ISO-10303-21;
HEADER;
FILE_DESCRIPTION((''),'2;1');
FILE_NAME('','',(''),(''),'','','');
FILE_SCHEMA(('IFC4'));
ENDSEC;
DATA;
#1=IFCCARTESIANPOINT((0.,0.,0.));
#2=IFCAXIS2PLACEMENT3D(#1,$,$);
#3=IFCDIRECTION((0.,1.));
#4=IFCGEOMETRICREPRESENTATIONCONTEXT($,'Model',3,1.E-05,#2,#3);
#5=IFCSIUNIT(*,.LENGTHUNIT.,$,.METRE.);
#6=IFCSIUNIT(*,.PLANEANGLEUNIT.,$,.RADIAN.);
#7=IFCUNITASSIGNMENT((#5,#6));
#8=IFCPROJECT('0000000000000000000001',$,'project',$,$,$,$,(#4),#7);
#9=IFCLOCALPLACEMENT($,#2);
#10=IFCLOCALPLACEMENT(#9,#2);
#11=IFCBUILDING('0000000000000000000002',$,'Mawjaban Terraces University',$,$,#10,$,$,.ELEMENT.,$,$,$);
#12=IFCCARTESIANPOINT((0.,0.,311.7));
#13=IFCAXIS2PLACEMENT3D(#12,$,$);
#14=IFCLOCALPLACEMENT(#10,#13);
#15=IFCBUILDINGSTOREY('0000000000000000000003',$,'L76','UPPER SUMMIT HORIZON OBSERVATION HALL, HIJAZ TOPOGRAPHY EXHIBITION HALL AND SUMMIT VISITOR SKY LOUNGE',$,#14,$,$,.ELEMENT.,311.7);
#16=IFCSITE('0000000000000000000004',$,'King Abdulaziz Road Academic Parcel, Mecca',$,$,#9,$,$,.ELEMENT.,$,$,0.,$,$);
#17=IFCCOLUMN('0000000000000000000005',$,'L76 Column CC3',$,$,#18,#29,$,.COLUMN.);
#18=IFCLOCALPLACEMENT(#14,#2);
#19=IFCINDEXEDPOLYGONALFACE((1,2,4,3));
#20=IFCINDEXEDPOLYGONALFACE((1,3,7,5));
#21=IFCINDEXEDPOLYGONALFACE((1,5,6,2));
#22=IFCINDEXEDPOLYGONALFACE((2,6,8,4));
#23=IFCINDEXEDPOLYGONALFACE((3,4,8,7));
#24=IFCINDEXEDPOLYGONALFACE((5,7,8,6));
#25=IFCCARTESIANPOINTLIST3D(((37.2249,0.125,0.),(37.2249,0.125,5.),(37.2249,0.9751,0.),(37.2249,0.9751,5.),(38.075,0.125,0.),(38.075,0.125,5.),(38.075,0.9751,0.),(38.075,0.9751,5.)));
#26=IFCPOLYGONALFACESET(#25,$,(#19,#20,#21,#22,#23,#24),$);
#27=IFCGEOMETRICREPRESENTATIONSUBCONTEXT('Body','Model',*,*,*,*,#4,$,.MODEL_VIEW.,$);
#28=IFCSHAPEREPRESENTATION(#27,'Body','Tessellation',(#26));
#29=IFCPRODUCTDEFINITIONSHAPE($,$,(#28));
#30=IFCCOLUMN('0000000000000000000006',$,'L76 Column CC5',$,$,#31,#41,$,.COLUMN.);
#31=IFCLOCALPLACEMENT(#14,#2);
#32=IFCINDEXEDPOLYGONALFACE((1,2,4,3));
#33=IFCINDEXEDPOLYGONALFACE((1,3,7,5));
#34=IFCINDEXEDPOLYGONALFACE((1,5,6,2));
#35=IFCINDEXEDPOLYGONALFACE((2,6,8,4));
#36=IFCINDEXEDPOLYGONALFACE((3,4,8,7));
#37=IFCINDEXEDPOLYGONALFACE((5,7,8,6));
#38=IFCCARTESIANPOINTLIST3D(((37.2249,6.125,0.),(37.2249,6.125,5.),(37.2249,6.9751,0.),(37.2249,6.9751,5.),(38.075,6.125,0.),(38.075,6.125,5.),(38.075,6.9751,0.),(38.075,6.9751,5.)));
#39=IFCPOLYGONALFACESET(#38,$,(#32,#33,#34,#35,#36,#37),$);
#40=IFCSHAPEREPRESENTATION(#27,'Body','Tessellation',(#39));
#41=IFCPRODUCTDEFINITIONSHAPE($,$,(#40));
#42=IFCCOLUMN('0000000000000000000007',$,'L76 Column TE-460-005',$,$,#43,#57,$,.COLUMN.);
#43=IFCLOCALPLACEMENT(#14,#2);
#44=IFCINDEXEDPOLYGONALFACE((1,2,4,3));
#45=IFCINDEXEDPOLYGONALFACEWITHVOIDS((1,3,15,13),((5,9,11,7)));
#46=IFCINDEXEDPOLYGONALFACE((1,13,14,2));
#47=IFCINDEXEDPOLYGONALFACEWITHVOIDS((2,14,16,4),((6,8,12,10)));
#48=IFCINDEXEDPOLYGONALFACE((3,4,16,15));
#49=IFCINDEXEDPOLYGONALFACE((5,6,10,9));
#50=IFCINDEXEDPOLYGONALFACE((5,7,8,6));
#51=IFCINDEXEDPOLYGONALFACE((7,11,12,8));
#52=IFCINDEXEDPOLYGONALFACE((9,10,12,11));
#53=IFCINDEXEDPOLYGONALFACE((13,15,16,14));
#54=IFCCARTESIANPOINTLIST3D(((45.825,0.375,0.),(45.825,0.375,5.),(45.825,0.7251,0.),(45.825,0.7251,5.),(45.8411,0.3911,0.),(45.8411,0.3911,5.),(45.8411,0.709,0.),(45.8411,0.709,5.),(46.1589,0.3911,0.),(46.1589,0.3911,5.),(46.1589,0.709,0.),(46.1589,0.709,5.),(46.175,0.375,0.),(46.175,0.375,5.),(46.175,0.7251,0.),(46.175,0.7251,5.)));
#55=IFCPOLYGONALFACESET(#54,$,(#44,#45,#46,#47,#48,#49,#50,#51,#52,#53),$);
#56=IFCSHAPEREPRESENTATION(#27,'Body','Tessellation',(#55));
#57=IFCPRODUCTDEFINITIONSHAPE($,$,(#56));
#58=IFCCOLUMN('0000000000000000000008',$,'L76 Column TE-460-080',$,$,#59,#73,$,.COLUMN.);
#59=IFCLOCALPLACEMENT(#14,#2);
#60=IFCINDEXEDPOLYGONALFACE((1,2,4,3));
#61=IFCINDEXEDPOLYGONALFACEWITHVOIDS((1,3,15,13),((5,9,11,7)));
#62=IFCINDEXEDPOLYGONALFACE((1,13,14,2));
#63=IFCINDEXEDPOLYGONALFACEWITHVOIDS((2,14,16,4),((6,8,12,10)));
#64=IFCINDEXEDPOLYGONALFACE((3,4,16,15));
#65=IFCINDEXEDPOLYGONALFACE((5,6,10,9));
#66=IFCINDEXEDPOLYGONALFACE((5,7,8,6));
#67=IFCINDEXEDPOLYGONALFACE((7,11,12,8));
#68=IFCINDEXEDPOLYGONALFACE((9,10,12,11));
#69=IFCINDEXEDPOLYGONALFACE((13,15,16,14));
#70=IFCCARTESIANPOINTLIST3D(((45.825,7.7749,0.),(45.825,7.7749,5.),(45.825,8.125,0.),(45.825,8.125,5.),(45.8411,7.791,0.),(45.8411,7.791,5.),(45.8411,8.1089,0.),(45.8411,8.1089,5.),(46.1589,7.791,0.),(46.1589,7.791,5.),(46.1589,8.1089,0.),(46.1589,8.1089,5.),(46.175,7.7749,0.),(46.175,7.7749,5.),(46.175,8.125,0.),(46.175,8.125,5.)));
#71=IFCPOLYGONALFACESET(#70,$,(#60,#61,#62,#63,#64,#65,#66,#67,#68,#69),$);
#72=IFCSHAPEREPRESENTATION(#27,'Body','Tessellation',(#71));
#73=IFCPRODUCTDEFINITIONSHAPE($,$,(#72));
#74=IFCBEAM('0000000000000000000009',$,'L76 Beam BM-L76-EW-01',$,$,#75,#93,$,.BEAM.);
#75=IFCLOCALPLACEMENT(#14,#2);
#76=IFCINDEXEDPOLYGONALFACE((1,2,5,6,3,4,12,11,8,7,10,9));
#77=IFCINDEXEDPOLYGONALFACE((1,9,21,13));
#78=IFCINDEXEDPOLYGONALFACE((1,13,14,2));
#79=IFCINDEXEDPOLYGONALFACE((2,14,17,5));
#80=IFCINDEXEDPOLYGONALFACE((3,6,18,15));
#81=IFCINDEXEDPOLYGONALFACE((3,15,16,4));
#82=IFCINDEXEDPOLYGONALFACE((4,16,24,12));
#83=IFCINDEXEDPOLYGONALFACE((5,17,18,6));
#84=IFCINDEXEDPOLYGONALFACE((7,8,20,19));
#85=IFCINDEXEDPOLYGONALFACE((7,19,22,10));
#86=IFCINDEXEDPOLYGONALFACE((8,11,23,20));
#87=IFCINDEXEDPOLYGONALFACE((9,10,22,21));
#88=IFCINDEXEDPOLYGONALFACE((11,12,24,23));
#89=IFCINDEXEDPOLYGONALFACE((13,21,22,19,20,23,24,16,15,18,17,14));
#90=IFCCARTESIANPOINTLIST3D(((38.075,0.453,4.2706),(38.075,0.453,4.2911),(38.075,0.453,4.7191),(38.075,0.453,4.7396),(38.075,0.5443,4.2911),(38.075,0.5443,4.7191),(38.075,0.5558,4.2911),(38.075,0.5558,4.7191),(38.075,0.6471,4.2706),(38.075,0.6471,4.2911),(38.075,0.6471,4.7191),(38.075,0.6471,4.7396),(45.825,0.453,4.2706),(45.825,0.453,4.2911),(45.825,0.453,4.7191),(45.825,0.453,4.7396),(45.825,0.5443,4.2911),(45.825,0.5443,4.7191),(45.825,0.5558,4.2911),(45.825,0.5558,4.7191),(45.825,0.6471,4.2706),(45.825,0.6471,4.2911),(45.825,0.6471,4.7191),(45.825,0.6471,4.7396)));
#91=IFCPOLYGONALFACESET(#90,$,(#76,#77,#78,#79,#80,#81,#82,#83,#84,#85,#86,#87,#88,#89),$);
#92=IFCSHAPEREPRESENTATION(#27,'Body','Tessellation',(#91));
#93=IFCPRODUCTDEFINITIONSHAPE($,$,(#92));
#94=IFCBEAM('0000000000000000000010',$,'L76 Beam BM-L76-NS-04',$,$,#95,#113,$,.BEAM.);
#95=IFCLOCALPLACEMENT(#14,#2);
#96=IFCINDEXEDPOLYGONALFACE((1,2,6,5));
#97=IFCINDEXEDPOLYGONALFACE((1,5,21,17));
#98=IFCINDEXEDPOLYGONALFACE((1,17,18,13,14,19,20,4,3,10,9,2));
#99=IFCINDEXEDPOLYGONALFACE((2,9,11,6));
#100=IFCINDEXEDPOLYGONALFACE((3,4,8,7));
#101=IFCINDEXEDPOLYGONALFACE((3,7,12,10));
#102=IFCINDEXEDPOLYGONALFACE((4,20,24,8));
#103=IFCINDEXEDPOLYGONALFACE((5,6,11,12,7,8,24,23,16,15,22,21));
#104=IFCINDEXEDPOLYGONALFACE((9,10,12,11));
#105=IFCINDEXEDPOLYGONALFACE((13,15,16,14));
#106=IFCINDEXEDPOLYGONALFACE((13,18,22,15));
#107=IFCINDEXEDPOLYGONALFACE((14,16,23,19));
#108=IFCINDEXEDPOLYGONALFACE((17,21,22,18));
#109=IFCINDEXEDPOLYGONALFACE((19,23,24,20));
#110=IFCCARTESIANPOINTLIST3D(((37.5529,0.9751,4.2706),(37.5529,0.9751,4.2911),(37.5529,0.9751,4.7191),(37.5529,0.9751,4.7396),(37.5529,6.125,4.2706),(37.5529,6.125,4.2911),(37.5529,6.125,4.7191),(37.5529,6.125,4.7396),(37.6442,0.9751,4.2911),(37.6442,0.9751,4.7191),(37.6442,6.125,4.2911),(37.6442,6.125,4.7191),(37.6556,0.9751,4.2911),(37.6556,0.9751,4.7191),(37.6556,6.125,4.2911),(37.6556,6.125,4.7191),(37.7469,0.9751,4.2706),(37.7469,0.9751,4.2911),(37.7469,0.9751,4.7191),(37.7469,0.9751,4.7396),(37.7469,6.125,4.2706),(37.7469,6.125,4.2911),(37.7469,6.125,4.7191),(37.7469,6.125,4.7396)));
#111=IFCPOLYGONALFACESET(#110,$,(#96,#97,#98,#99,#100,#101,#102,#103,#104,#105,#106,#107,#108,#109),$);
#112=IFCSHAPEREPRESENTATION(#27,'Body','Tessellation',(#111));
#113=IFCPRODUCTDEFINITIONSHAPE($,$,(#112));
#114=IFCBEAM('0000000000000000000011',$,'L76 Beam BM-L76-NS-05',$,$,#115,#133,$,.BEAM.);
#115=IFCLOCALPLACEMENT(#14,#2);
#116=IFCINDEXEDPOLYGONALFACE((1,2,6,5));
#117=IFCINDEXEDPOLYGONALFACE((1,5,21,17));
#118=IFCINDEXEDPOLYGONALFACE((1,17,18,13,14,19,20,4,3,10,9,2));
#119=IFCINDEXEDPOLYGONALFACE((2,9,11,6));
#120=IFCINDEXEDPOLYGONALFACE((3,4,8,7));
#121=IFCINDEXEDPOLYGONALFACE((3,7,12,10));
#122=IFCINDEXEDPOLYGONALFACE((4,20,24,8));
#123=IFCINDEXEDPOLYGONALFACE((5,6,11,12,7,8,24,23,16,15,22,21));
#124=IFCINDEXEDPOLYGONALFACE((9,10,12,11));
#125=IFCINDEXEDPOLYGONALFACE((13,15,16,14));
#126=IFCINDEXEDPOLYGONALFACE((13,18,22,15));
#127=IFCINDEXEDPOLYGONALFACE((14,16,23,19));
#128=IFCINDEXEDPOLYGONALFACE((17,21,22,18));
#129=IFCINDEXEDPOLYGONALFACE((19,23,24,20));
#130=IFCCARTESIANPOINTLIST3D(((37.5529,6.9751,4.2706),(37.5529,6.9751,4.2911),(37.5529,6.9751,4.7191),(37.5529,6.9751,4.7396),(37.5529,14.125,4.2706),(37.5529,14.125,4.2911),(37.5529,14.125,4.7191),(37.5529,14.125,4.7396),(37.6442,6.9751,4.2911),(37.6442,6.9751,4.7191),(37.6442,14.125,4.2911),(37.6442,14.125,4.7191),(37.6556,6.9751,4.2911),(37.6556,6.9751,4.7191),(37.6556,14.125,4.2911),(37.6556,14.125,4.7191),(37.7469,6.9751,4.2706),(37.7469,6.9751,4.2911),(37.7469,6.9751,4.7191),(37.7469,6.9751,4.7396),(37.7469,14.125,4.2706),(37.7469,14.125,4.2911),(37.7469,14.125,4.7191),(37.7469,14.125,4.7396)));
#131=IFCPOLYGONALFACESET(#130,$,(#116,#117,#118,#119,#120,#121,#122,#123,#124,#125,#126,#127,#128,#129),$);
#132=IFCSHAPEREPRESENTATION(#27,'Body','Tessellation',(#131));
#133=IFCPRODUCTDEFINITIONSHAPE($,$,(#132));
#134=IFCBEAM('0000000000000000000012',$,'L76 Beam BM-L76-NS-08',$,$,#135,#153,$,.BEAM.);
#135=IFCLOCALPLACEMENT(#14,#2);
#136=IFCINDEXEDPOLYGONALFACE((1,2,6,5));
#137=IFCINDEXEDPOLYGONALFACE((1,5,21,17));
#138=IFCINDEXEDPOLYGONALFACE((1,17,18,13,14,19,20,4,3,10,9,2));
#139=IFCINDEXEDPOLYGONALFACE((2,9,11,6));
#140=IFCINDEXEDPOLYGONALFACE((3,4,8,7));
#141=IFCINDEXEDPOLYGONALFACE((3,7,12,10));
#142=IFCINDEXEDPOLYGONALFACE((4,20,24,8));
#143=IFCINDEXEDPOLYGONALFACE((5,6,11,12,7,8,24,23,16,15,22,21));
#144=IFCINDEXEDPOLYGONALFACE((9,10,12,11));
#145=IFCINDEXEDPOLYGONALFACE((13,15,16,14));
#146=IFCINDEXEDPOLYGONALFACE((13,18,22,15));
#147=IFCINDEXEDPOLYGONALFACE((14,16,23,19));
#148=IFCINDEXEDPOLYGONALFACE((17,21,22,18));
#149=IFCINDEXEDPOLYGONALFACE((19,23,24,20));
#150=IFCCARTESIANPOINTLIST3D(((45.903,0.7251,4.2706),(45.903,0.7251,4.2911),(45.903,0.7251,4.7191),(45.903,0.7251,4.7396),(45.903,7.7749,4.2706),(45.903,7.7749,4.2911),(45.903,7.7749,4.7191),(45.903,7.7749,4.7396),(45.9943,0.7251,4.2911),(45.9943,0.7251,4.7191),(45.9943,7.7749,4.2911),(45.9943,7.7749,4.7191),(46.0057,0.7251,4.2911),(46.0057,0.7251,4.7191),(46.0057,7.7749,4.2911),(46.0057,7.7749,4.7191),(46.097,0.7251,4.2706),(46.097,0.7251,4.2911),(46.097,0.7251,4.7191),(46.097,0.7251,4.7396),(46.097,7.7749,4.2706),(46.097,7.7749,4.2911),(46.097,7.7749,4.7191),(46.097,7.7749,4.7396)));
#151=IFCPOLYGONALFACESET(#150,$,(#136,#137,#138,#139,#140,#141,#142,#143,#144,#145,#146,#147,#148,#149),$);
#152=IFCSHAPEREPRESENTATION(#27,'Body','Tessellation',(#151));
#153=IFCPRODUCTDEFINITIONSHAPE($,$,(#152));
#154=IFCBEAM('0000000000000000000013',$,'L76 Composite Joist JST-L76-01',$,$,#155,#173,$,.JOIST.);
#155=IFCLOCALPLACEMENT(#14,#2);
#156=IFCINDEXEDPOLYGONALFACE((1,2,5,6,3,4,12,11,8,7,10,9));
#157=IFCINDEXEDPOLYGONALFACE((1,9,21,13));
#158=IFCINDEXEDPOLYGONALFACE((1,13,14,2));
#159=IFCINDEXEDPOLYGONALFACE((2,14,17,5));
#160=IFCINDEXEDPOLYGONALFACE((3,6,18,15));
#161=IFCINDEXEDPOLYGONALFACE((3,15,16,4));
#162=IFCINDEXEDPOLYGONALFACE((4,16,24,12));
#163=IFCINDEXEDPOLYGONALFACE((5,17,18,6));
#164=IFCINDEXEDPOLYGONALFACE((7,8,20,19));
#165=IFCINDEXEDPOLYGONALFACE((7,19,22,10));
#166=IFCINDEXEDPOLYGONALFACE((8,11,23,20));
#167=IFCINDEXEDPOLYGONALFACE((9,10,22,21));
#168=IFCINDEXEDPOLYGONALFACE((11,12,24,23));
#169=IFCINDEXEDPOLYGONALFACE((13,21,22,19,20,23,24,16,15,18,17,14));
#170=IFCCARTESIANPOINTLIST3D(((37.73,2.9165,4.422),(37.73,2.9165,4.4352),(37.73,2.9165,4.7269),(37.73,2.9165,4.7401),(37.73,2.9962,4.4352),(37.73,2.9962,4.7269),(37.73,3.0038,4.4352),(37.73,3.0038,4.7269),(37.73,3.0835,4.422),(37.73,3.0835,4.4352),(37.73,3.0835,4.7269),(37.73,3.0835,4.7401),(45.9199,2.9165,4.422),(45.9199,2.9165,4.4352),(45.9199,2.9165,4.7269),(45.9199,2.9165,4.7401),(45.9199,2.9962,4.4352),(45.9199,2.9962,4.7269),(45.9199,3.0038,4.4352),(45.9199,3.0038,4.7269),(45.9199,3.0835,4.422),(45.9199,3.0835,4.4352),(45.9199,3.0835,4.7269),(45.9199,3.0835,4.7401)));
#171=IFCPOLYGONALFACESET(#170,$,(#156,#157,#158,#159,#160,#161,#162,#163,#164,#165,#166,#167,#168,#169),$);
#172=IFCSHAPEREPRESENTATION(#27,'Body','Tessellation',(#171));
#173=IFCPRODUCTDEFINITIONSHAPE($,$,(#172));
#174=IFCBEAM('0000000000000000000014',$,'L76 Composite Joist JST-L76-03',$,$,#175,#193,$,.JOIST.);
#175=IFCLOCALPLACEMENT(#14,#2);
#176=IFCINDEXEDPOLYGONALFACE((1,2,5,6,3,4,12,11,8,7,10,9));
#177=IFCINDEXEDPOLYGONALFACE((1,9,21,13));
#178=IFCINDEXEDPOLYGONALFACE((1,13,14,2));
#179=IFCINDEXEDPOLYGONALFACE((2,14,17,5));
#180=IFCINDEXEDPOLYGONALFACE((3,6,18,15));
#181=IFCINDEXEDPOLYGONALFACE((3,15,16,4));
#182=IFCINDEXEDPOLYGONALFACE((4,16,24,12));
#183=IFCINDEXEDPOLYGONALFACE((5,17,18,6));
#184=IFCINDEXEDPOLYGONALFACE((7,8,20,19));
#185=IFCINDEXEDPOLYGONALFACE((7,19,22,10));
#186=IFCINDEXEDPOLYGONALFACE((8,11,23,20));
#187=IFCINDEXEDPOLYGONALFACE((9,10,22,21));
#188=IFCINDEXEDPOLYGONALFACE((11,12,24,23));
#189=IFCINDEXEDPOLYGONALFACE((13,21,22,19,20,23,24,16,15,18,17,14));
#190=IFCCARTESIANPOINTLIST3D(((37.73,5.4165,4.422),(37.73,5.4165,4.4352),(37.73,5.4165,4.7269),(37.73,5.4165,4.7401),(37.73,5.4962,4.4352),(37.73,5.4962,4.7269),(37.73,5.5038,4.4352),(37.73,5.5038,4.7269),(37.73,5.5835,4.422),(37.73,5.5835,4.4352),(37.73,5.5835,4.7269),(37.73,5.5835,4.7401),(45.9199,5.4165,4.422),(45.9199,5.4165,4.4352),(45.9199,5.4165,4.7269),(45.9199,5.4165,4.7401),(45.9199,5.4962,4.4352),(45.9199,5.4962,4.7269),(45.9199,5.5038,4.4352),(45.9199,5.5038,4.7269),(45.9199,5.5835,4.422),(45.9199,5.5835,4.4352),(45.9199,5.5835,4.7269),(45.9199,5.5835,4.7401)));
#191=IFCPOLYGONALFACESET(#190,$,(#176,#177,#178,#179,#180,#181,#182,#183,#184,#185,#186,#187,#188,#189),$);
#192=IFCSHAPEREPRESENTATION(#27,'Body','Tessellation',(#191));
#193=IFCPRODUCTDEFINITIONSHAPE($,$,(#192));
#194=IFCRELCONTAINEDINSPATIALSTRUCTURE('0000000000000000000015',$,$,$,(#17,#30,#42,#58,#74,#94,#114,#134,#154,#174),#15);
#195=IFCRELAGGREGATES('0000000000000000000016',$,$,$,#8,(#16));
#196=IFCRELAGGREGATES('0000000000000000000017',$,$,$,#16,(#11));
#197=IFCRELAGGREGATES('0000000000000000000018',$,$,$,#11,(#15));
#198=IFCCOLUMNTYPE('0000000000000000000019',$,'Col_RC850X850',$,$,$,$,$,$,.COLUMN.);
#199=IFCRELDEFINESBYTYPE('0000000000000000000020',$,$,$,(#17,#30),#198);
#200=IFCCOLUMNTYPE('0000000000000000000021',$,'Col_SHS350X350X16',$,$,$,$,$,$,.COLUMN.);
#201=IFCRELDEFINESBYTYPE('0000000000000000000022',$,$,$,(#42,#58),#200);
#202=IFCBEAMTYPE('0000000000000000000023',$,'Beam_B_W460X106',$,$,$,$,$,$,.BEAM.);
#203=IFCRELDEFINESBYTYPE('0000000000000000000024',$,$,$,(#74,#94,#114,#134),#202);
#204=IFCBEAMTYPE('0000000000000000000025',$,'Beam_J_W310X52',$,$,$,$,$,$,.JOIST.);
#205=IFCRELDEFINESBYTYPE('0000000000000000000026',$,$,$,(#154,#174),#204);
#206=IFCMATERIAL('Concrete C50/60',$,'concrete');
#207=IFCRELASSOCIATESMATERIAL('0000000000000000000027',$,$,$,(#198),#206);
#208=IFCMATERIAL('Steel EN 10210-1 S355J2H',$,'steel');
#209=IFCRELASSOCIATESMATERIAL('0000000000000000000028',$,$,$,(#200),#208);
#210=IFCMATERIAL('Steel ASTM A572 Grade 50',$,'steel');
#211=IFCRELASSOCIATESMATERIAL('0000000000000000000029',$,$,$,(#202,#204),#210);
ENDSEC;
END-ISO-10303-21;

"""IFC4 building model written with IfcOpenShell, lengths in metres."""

from ifc_helpers import new_model, si_unit, direction, frame, origin, origin_2d, place, context, subcontext, project, spatial, rectangle, hollow_rectangle, i_section, extrude, material, material_profile, profile_set, type_object, element, save


model = new_model("IFC4")

# Units and contexts
model_context = context("Model", 3, precision=1e-05, world=origin(), true_north=direction((0.0, 1.0)))
body_context = subcontext(model_context, "Body", "Model", "MODEL_VIEW")
ifc_project = project(units=[si_unit("LENGTHUNIT", "METRE"), si_unit("PLANEANGLEUNIT", "RADIAN")], contexts=[model_context])

# Site, building, storey
site_placement = place(None, origin())
site = spatial("IfcSite", under=ifc_project, at=site_placement, Name="King Abdulaziz Road Academic Parcel, Mecca", CompositionType="ELEMENT", RefElevation=0.0)
building_placement = place(site_placement, origin())
building = spatial("IfcBuilding", under=site, at=building_placement, Name="Mawjaban Terraces University", CompositionType="ELEMENT")
storey_placement = place(building_placement, frame((0.0, 0.0, 311.7)))
storey = spatial("IfcBuildingStorey", under=building, at=storey_placement, Name="L76", Description="UPPER SUMMIT HORIZON OBSERVATION HALL, HIJAZ TOPOGRAPHY EXHIBITION HALL AND SUMMIT VISITOR SKY LOUNGE", CompositionType="ELEMENT", Elevation=311.7)

# Columns
ifc_material_1 = material(Name="Concrete C50/60", Category="concrete")
ifc_material_profile_1 = material_profile(ifc_material_1, rectangle(XDim=0.8501, YDim=0.8501, at=origin_2d()), Name="RC850X850")
ifc_profile_set_1 = profile_set([ifc_material_profile_1], Name="Concrete C50/60")
column_type_1 = type_object("IfcColumnType", Name="Col_RC850X850", PredefinedType="COLUMN", material=ifc_profile_set_1)
for number, where, z_axis, x_axis, name in (
    (1, (37.6499, 0.55, 0.0), (0.0, 0.0, 1.0), (1.0, 0.0, 0.0), "L76 Column CC3"),
    (2, (37.6499, 6.55, 0.0), (0.0, 0.0, 1.0), (1.0, 0.0, 0.0), "L76 Column CC5"),
):
    element("IfcColumn", number, at=place(storey_placement, frame(where, z_axis=z_axis, x_axis=x_axis)), inside=storey, type_object=column_type_1, Name=name, PredefinedType="COLUMN", context=body_context, shape_type="SweptSolid", body=[
        extrude(rectangle(XDim=0.8501, YDim=0.8501, at=origin_2d()), origin(), (0.0, 0.0, 1.0), 5.0),
    ])
ifc_material_2 = material(Name="Steel EN 10210-1 S355J2H", Category="steel")
ifc_material_profile_2 = material_profile(ifc_material_2, hollow_rectangle(XDim=0.3501, YDim=0.3501, WallThickness=0.0161, at=origin_2d()), Name="SHS350X350X16")
ifc_profile_set_2 = profile_set([ifc_material_profile_2], Name="Steel EN 10210-1 S355J2H")
column_type_2 = type_object("IfcColumnType", Name="Col_SHS350X350X16", PredefinedType="COLUMN", material=ifc_profile_set_2)
for number, where, z_axis, x_axis, name in (
    (3, (46.0, 0.55, 0.0), (0.0, 0.0, 1.0), (1.0, 0.0, 0.0), "L76 Column TE-460-005"),
    (4, (46.0, 7.95, 0.0), (0.0, 0.0, 1.0), (1.0, 0.0, 0.0), "L76 Column TE-460-080"),
):
    element("IfcColumn", number, at=place(storey_placement, frame(where, z_axis=z_axis, x_axis=x_axis)), inside=storey, type_object=column_type_2, Name=name, PredefinedType="COLUMN", context=body_context, shape_type="SweptSolid", body=[
        extrude(hollow_rectangle(XDim=0.3501, YDim=0.3501, WallThickness=0.0161, at=origin_2d()), origin(), (0.0, 0.0, 1.0), 5.0),
    ])

# Beams
ifc_material_3 = material(Name="Steel ASTM A572 Grade 50", Category="steel")
ifc_material_profile_3 = material_profile(ifc_material_3, i_section(OverallWidth=0.1941, OverallDepth=0.469, WebThickness=0.0115, FlangeThickness=0.0205, at=origin_2d()), Name="W460X106")
ifc_profile_set_3 = profile_set([ifc_material_profile_3], Name="Steel ASTM A572 Grade 50")
beam_type_1 = type_object("IfcBeamType", Name="Beam_B_W460X106", PredefinedType="BEAM", material=ifc_profile_set_3)
beam_1_placement = place(storey_placement, frame((38.075, 0.55, 4.5051), z_axis=(1.0, 0.0, 0.0), x_axis=(0.0, 1.0, 0.0)))
element("IfcBeam", 5, at=beam_1_placement, inside=storey, type_object=beam_type_1, Name="L76 Beam BM-L76-EW-01", PredefinedType="BEAM", context=body_context, shape_type="SweptSolid", body=[
    extrude(i_section(OverallWidth=0.1941, OverallDepth=0.469, WebThickness=0.0115, FlangeThickness=0.0205, at=origin_2d()), origin(), (0.0, 0.0, 1.0), 7.75),
])
beam_2_placement = place(storey_placement, frame((37.6499, 0.9751, 4.5051), z_axis=(0.0, 1.0, 0.0), x_axis=(-1.0, 0.0, 0.0)))
element("IfcBeam", 6, at=beam_2_placement, inside=storey, type_object=beam_type_1, Name="L76 Beam BM-L76-NS-04", PredefinedType="BEAM", context=body_context, shape_type="SweptSolid", body=[
    extrude(i_section(OverallWidth=0.1941, OverallDepth=0.469, WebThickness=0.0115, FlangeThickness=0.0205, at=origin_2d()), origin(), (0.0, 0.0, 1.0), 5.1499),
])
beam_3_placement = place(storey_placement, frame((37.6499, 6.9751, 4.5051), z_axis=(0.0, 1.0, 0.0), x_axis=(-1.0, 0.0, 0.0)))
element("IfcBeam", 7, at=beam_3_placement, inside=storey, type_object=beam_type_1, Name="L76 Beam BM-L76-NS-05", PredefinedType="BEAM", context=body_context, shape_type="SweptSolid", body=[
    extrude(i_section(OverallWidth=0.1941, OverallDepth=0.469, WebThickness=0.0115, FlangeThickness=0.0205, at=origin_2d()), origin(), (0.0, 0.0, 1.0), 7.1499),
])
beam_4_placement = place(storey_placement, frame((46.0, 0.7251, 4.5051), z_axis=(0.0, 1.0, 0.0), x_axis=(-1.0, 0.0, 0.0)))
element("IfcBeam", 8, at=beam_4_placement, inside=storey, type_object=beam_type_1, Name="L76 Beam BM-L76-NS-08", PredefinedType="BEAM", context=body_context, shape_type="SweptSolid", body=[
    extrude(i_section(OverallWidth=0.1941, OverallDepth=0.469, WebThickness=0.0115, FlangeThickness=0.0205, at=origin_2d()), origin(), (0.0, 0.0, 1.0), 7.0498),
])
ifc_material_profile_4 = material_profile(ifc_material_3, i_section(OverallWidth=0.167, OverallDepth=0.3181, WebThickness=0.0076, FlangeThickness=0.0132, at=origin_2d()), Name="W310X52")
ifc_profile_set_4 = profile_set([ifc_material_profile_4], Name="Steel ASTM A572 Grade 50")
beam_type_2 = type_object("IfcBeamType", Name="Beam_J_W310X52", PredefinedType="JOIST", material=ifc_profile_set_4)
for number, where, z_axis, x_axis, name in (
    (9, (37.73, 3.0, 4.5811), (1.0, 0.0, 0.0), (0.0, 1.0, 0.0), "L76 Composite Joist JST-L76-01"),
    (10, (37.73, 5.5, 4.5811), (1.0, 0.0, 0.0), (0.0, 1.0, 0.0), "L76 Composite Joist JST-L76-03"),
):
    element("IfcBeam", number, at=place(storey_placement, frame(where, z_axis=z_axis, x_axis=x_axis)), inside=storey, type_object=beam_type_2, Name=name, PredefinedType="JOIST", context=body_context, shape_type="SweptSolid", body=[
        extrude(i_section(OverallWidth=0.167, OverallDepth=0.3181, WebThickness=0.0076, FlangeThickness=0.0132, at=origin_2d()), origin(), (0.0, 0.0, 1.0), 8.1899),
    ])

save(model, "model.ifc")
